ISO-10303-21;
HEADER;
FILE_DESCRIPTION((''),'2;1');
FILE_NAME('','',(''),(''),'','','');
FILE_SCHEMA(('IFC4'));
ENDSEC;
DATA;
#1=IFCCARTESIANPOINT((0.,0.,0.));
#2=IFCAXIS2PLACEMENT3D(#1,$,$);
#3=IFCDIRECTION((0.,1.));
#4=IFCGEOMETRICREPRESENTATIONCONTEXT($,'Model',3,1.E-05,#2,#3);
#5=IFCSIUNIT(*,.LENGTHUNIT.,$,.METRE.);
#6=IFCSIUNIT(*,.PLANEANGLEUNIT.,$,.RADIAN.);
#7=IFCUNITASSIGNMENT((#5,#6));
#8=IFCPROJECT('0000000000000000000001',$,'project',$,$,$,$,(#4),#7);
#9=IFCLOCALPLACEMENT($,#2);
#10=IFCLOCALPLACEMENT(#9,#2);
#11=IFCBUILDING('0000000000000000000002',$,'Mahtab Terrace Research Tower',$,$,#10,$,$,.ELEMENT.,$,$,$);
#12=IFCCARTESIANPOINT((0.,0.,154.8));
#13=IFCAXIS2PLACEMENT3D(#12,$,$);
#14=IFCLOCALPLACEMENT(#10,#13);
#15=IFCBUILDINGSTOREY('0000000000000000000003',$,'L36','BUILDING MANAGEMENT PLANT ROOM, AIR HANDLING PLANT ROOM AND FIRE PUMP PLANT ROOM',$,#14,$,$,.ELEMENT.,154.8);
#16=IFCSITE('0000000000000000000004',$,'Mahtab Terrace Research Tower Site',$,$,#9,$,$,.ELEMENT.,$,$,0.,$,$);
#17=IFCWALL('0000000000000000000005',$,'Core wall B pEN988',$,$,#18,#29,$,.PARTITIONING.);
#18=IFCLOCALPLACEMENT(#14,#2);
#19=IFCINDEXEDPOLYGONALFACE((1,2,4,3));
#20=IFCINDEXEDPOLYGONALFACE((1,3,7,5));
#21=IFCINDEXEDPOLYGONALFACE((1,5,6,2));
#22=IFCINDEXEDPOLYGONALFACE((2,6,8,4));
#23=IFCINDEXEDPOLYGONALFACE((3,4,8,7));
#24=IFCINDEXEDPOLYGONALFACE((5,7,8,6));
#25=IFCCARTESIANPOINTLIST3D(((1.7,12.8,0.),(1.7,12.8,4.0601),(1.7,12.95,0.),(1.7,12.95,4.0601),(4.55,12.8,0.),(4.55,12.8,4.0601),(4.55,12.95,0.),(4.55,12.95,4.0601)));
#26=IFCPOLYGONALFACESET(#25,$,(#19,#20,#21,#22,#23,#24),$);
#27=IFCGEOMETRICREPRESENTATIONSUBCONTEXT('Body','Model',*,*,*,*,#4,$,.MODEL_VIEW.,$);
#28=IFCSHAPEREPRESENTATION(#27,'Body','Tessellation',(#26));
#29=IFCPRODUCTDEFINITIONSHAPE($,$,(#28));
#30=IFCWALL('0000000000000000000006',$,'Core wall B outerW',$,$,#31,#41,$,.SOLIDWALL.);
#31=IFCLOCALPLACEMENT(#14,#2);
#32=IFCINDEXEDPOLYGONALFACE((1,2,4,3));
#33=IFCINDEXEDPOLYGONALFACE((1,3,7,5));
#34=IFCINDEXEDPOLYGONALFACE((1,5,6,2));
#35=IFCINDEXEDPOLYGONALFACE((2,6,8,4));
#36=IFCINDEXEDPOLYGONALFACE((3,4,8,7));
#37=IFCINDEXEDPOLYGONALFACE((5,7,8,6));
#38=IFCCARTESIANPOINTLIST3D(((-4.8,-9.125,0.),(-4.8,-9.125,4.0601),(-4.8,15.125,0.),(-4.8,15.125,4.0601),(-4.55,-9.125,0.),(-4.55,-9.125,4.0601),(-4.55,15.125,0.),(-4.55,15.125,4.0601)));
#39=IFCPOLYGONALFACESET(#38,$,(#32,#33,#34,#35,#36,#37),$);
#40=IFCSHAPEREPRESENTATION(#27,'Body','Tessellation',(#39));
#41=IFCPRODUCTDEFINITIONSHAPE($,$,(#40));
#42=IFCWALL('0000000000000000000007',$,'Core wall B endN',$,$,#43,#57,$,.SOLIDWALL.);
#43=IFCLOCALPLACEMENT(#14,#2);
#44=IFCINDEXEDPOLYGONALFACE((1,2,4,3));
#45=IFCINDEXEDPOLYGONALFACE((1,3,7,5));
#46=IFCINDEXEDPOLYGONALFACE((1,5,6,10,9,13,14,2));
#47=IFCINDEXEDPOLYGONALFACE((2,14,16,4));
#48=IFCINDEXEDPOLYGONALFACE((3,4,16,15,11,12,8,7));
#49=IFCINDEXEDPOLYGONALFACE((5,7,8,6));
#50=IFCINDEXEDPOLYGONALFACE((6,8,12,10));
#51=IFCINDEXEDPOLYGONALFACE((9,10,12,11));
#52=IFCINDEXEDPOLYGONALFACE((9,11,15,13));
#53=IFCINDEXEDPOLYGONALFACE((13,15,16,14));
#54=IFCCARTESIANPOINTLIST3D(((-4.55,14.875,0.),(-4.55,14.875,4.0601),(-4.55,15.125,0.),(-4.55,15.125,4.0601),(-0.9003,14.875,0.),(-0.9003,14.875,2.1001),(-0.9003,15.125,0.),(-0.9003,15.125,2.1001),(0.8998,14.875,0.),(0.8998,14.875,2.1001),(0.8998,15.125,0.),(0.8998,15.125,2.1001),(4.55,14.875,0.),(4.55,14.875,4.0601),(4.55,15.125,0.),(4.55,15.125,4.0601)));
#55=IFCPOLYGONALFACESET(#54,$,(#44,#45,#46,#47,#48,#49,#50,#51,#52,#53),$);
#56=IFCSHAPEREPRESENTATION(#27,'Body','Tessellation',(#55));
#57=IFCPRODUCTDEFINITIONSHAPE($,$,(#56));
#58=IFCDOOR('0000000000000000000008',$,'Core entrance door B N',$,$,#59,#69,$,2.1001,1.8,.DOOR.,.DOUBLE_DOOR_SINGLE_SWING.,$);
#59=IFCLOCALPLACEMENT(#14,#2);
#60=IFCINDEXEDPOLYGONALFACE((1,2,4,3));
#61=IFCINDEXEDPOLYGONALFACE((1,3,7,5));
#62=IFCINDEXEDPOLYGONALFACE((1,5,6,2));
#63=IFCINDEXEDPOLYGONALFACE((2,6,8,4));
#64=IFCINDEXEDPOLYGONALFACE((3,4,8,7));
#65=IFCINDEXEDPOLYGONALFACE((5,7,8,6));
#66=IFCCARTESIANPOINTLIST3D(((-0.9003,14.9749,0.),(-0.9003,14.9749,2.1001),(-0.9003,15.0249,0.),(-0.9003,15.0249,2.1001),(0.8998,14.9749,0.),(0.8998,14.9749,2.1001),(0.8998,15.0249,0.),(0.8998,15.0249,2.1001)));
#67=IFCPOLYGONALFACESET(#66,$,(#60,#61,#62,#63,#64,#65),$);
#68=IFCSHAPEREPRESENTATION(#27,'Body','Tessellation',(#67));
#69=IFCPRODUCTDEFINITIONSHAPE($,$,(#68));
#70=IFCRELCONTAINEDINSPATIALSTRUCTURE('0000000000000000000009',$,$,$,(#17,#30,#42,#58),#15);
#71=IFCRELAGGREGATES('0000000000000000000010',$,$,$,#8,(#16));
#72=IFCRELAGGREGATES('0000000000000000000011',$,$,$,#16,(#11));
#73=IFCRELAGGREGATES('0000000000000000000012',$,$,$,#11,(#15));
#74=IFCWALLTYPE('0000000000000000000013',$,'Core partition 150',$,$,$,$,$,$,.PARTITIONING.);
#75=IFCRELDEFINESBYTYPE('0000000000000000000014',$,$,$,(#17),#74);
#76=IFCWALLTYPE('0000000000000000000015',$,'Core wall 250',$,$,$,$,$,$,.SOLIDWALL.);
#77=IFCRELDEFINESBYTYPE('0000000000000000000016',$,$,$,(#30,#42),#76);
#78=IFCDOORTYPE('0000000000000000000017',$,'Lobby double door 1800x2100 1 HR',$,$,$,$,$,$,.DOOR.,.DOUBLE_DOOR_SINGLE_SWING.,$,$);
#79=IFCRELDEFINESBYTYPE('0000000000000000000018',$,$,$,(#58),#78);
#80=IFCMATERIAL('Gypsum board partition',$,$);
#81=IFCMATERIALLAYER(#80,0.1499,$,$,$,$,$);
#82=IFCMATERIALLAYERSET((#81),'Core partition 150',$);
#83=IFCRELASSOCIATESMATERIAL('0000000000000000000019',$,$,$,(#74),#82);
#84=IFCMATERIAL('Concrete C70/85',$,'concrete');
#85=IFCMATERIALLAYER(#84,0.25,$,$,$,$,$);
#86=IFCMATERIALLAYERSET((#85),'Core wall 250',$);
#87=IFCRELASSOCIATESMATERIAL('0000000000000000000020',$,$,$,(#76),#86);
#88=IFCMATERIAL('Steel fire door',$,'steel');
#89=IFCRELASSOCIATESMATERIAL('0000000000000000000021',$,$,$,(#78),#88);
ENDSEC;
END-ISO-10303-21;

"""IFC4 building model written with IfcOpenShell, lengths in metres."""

from ifc_helpers import new_model, si_unit, direction, frame, frame_2d, origin, place, context, subcontext, project, spatial, rectangle, extrude, material, layer, layer_set, type_object, element, fill, save


model = new_model("IFC4")

# Units and contexts
model_context = context("Model", 3, precision=1e-05, world=origin(), true_north=direction((0.0, 1.0)))
body_context = subcontext(model_context, "Body", "Model", "MODEL_VIEW")
ifc_project = project(units=[si_unit("LENGTHUNIT", "METRE"), si_unit("PLANEANGLEUNIT", "RADIAN")], contexts=[model_context])

# Site, building, storey
site_placement = place(None, origin())
site = spatial("IfcSite", under=ifc_project, at=site_placement, Name="Mahtab Terrace Research Tower Site", CompositionType="ELEMENT", RefElevation=0.0)
building_placement = place(site_placement, origin())
building = spatial("IfcBuilding", under=site, at=building_placement, Name="Mahtab Terrace Research Tower", CompositionType="ELEMENT")
storey_placement = place(building_placement, frame((0.0, 0.0, 154.8)))
storey = spatial("IfcBuildingStorey", under=building, at=storey_placement, Name="L36", Description="BUILDING MANAGEMENT PLANT ROOM, AIR HANDLING PLANT ROOM AND FIRE PUMP PLANT ROOM", CompositionType="ELEMENT", Elevation=154.8)

# Shared definitions
ifc_material_1 = material(Name="Concrete C70/85", Category="concrete")

# Walls
ifc_material_2 = material(Name="Gypsum board partition")
ifc_layer_1 = layer(ifc_material_2, 0.1499)
ifc_layer_set_1 = layer_set([ifc_layer_1], Name="Core partition 150")
wall_type_1 = type_object("IfcWallType", Name="Core partition 150", PredefinedType="PARTITIONING", material=ifc_layer_set_1)
for number, where, z_axis, x_axis, name in (
    (1, (1.7, 12.875, 0.0), (0.0, 0.0, 1.0), (1.0, 0.0, 0.0), "Core wall B pEN988"),
):
    element("IfcWall", number, at=place(storey_placement, frame(where, z_axis=z_axis, x_axis=x_axis)), inside=storey, type_object=wall_type_1, Name=name, PredefinedType="PARTITIONING", context=body_context, shape_type="SweptSolid", body=[
        extrude(rectangle(XDim=2.8501, YDim=0.1499, at=frame_2d((1.425, 0.0))), origin(), (0.0, 0.0, 1.0), 4.0601),
    ])
ifc_layer_2 = layer(ifc_material_1, 0.25)
ifc_layer_set_2 = layer_set([ifc_layer_2], Name="Core wall 250")
wall_type_2 = type_object("IfcWallType", Name="Core wall 250", PredefinedType="SOLIDWALL", material=ifc_layer_set_2)
wall_1_placement = place(storey_placement, frame((-4.675, 15.125, 0.0), z_axis=(0.0, 0.0, 1.0), x_axis=(0.0, -1.0, 0.0)))
element("IfcWall", 2, at=wall_1_placement, inside=storey, type_object=wall_type_2, Name="Core wall B outerW", PredefinedType="SOLIDWALL", context=body_context, shape_type="SweptSolid", body=[
    extrude(rectangle(XDim=24.25, YDim=0.25, at=frame_2d((12.125, 0.0))), origin(), (0.0, 0.0, 1.0), 4.0601),
])

# Wall, opening, door
wall_2_placement = place(storey_placement, frame((-4.55, 15.0, 0.0), z_axis=(0.0, 0.0, 1.0), x_axis=(1.0, 0.0, 0.0)))
wall_2 = element("IfcWall", 3, at=wall_2_placement, inside=storey, type_object=wall_type_2, Name="Core wall B endN", PredefinedType="SOLIDWALL", context=body_context, shape_type="SweptSolid", body=[
    extrude(rectangle(XDim=9.1001, YDim=0.25, at=frame_2d((4.55, 0.0))), origin(), (0.0, 0.0, 1.0), 4.0601),
])
opening_1_placement = place(wall_2_placement, frame((3.6499, 0.0, 0.0)))
opening_1 = element("IfcOpeningElement", 4, at=opening_1_placement, cuts=wall_2, PredefinedType="OPENING", context=body_context, shape_type="SweptSolid", body=[
    extrude(rectangle(XDim=1.8, YDim=2.1001, at=frame_2d((0.8999, 1.05))), frame((0.0, 0.135, 0.0), z_axis=(0.0, -1.0, 0.0), x_axis=(1.0, 0.0, 0.0)), (0.0, 0.0, 1.0), 0.27),
])
ifc_material_3 = material(Name="Steel fire door", Category="steel")
door_type_1 = type_object("IfcDoorType", Name="Lobby double door 1800x2100 1 HR", OperationType="DOUBLE_DOOR_SINGLE_SWING", PredefinedType="DOOR", material=ifc_material_3)
door_1_placement = place(opening_1_placement, origin())
door_1 = element("IfcDoor", 5, at=door_1_placement, inside=storey, type_object=door_type_1, Name="Core entrance door B N", OperationType="DOUBLE_DOOR_SINGLE_SWING", OverallHeight=2.1001, OverallWidth=1.8, PredefinedType="DOOR", context=body_context, shape_type="SweptSolid", body=[
    extrude(rectangle(XDim=1.8, YDim=2.1001, at=frame_2d((0.8999, 1.05))), frame((0.0, 0.0249, 0.0), z_axis=(0.0, -1.0, 0.0), x_axis=(1.0, 0.0, 0.0)), (0.0, 0.0, 1.0), 0.05),
])
fill(opening_1, door_1)

save(model, "model.ifc")
